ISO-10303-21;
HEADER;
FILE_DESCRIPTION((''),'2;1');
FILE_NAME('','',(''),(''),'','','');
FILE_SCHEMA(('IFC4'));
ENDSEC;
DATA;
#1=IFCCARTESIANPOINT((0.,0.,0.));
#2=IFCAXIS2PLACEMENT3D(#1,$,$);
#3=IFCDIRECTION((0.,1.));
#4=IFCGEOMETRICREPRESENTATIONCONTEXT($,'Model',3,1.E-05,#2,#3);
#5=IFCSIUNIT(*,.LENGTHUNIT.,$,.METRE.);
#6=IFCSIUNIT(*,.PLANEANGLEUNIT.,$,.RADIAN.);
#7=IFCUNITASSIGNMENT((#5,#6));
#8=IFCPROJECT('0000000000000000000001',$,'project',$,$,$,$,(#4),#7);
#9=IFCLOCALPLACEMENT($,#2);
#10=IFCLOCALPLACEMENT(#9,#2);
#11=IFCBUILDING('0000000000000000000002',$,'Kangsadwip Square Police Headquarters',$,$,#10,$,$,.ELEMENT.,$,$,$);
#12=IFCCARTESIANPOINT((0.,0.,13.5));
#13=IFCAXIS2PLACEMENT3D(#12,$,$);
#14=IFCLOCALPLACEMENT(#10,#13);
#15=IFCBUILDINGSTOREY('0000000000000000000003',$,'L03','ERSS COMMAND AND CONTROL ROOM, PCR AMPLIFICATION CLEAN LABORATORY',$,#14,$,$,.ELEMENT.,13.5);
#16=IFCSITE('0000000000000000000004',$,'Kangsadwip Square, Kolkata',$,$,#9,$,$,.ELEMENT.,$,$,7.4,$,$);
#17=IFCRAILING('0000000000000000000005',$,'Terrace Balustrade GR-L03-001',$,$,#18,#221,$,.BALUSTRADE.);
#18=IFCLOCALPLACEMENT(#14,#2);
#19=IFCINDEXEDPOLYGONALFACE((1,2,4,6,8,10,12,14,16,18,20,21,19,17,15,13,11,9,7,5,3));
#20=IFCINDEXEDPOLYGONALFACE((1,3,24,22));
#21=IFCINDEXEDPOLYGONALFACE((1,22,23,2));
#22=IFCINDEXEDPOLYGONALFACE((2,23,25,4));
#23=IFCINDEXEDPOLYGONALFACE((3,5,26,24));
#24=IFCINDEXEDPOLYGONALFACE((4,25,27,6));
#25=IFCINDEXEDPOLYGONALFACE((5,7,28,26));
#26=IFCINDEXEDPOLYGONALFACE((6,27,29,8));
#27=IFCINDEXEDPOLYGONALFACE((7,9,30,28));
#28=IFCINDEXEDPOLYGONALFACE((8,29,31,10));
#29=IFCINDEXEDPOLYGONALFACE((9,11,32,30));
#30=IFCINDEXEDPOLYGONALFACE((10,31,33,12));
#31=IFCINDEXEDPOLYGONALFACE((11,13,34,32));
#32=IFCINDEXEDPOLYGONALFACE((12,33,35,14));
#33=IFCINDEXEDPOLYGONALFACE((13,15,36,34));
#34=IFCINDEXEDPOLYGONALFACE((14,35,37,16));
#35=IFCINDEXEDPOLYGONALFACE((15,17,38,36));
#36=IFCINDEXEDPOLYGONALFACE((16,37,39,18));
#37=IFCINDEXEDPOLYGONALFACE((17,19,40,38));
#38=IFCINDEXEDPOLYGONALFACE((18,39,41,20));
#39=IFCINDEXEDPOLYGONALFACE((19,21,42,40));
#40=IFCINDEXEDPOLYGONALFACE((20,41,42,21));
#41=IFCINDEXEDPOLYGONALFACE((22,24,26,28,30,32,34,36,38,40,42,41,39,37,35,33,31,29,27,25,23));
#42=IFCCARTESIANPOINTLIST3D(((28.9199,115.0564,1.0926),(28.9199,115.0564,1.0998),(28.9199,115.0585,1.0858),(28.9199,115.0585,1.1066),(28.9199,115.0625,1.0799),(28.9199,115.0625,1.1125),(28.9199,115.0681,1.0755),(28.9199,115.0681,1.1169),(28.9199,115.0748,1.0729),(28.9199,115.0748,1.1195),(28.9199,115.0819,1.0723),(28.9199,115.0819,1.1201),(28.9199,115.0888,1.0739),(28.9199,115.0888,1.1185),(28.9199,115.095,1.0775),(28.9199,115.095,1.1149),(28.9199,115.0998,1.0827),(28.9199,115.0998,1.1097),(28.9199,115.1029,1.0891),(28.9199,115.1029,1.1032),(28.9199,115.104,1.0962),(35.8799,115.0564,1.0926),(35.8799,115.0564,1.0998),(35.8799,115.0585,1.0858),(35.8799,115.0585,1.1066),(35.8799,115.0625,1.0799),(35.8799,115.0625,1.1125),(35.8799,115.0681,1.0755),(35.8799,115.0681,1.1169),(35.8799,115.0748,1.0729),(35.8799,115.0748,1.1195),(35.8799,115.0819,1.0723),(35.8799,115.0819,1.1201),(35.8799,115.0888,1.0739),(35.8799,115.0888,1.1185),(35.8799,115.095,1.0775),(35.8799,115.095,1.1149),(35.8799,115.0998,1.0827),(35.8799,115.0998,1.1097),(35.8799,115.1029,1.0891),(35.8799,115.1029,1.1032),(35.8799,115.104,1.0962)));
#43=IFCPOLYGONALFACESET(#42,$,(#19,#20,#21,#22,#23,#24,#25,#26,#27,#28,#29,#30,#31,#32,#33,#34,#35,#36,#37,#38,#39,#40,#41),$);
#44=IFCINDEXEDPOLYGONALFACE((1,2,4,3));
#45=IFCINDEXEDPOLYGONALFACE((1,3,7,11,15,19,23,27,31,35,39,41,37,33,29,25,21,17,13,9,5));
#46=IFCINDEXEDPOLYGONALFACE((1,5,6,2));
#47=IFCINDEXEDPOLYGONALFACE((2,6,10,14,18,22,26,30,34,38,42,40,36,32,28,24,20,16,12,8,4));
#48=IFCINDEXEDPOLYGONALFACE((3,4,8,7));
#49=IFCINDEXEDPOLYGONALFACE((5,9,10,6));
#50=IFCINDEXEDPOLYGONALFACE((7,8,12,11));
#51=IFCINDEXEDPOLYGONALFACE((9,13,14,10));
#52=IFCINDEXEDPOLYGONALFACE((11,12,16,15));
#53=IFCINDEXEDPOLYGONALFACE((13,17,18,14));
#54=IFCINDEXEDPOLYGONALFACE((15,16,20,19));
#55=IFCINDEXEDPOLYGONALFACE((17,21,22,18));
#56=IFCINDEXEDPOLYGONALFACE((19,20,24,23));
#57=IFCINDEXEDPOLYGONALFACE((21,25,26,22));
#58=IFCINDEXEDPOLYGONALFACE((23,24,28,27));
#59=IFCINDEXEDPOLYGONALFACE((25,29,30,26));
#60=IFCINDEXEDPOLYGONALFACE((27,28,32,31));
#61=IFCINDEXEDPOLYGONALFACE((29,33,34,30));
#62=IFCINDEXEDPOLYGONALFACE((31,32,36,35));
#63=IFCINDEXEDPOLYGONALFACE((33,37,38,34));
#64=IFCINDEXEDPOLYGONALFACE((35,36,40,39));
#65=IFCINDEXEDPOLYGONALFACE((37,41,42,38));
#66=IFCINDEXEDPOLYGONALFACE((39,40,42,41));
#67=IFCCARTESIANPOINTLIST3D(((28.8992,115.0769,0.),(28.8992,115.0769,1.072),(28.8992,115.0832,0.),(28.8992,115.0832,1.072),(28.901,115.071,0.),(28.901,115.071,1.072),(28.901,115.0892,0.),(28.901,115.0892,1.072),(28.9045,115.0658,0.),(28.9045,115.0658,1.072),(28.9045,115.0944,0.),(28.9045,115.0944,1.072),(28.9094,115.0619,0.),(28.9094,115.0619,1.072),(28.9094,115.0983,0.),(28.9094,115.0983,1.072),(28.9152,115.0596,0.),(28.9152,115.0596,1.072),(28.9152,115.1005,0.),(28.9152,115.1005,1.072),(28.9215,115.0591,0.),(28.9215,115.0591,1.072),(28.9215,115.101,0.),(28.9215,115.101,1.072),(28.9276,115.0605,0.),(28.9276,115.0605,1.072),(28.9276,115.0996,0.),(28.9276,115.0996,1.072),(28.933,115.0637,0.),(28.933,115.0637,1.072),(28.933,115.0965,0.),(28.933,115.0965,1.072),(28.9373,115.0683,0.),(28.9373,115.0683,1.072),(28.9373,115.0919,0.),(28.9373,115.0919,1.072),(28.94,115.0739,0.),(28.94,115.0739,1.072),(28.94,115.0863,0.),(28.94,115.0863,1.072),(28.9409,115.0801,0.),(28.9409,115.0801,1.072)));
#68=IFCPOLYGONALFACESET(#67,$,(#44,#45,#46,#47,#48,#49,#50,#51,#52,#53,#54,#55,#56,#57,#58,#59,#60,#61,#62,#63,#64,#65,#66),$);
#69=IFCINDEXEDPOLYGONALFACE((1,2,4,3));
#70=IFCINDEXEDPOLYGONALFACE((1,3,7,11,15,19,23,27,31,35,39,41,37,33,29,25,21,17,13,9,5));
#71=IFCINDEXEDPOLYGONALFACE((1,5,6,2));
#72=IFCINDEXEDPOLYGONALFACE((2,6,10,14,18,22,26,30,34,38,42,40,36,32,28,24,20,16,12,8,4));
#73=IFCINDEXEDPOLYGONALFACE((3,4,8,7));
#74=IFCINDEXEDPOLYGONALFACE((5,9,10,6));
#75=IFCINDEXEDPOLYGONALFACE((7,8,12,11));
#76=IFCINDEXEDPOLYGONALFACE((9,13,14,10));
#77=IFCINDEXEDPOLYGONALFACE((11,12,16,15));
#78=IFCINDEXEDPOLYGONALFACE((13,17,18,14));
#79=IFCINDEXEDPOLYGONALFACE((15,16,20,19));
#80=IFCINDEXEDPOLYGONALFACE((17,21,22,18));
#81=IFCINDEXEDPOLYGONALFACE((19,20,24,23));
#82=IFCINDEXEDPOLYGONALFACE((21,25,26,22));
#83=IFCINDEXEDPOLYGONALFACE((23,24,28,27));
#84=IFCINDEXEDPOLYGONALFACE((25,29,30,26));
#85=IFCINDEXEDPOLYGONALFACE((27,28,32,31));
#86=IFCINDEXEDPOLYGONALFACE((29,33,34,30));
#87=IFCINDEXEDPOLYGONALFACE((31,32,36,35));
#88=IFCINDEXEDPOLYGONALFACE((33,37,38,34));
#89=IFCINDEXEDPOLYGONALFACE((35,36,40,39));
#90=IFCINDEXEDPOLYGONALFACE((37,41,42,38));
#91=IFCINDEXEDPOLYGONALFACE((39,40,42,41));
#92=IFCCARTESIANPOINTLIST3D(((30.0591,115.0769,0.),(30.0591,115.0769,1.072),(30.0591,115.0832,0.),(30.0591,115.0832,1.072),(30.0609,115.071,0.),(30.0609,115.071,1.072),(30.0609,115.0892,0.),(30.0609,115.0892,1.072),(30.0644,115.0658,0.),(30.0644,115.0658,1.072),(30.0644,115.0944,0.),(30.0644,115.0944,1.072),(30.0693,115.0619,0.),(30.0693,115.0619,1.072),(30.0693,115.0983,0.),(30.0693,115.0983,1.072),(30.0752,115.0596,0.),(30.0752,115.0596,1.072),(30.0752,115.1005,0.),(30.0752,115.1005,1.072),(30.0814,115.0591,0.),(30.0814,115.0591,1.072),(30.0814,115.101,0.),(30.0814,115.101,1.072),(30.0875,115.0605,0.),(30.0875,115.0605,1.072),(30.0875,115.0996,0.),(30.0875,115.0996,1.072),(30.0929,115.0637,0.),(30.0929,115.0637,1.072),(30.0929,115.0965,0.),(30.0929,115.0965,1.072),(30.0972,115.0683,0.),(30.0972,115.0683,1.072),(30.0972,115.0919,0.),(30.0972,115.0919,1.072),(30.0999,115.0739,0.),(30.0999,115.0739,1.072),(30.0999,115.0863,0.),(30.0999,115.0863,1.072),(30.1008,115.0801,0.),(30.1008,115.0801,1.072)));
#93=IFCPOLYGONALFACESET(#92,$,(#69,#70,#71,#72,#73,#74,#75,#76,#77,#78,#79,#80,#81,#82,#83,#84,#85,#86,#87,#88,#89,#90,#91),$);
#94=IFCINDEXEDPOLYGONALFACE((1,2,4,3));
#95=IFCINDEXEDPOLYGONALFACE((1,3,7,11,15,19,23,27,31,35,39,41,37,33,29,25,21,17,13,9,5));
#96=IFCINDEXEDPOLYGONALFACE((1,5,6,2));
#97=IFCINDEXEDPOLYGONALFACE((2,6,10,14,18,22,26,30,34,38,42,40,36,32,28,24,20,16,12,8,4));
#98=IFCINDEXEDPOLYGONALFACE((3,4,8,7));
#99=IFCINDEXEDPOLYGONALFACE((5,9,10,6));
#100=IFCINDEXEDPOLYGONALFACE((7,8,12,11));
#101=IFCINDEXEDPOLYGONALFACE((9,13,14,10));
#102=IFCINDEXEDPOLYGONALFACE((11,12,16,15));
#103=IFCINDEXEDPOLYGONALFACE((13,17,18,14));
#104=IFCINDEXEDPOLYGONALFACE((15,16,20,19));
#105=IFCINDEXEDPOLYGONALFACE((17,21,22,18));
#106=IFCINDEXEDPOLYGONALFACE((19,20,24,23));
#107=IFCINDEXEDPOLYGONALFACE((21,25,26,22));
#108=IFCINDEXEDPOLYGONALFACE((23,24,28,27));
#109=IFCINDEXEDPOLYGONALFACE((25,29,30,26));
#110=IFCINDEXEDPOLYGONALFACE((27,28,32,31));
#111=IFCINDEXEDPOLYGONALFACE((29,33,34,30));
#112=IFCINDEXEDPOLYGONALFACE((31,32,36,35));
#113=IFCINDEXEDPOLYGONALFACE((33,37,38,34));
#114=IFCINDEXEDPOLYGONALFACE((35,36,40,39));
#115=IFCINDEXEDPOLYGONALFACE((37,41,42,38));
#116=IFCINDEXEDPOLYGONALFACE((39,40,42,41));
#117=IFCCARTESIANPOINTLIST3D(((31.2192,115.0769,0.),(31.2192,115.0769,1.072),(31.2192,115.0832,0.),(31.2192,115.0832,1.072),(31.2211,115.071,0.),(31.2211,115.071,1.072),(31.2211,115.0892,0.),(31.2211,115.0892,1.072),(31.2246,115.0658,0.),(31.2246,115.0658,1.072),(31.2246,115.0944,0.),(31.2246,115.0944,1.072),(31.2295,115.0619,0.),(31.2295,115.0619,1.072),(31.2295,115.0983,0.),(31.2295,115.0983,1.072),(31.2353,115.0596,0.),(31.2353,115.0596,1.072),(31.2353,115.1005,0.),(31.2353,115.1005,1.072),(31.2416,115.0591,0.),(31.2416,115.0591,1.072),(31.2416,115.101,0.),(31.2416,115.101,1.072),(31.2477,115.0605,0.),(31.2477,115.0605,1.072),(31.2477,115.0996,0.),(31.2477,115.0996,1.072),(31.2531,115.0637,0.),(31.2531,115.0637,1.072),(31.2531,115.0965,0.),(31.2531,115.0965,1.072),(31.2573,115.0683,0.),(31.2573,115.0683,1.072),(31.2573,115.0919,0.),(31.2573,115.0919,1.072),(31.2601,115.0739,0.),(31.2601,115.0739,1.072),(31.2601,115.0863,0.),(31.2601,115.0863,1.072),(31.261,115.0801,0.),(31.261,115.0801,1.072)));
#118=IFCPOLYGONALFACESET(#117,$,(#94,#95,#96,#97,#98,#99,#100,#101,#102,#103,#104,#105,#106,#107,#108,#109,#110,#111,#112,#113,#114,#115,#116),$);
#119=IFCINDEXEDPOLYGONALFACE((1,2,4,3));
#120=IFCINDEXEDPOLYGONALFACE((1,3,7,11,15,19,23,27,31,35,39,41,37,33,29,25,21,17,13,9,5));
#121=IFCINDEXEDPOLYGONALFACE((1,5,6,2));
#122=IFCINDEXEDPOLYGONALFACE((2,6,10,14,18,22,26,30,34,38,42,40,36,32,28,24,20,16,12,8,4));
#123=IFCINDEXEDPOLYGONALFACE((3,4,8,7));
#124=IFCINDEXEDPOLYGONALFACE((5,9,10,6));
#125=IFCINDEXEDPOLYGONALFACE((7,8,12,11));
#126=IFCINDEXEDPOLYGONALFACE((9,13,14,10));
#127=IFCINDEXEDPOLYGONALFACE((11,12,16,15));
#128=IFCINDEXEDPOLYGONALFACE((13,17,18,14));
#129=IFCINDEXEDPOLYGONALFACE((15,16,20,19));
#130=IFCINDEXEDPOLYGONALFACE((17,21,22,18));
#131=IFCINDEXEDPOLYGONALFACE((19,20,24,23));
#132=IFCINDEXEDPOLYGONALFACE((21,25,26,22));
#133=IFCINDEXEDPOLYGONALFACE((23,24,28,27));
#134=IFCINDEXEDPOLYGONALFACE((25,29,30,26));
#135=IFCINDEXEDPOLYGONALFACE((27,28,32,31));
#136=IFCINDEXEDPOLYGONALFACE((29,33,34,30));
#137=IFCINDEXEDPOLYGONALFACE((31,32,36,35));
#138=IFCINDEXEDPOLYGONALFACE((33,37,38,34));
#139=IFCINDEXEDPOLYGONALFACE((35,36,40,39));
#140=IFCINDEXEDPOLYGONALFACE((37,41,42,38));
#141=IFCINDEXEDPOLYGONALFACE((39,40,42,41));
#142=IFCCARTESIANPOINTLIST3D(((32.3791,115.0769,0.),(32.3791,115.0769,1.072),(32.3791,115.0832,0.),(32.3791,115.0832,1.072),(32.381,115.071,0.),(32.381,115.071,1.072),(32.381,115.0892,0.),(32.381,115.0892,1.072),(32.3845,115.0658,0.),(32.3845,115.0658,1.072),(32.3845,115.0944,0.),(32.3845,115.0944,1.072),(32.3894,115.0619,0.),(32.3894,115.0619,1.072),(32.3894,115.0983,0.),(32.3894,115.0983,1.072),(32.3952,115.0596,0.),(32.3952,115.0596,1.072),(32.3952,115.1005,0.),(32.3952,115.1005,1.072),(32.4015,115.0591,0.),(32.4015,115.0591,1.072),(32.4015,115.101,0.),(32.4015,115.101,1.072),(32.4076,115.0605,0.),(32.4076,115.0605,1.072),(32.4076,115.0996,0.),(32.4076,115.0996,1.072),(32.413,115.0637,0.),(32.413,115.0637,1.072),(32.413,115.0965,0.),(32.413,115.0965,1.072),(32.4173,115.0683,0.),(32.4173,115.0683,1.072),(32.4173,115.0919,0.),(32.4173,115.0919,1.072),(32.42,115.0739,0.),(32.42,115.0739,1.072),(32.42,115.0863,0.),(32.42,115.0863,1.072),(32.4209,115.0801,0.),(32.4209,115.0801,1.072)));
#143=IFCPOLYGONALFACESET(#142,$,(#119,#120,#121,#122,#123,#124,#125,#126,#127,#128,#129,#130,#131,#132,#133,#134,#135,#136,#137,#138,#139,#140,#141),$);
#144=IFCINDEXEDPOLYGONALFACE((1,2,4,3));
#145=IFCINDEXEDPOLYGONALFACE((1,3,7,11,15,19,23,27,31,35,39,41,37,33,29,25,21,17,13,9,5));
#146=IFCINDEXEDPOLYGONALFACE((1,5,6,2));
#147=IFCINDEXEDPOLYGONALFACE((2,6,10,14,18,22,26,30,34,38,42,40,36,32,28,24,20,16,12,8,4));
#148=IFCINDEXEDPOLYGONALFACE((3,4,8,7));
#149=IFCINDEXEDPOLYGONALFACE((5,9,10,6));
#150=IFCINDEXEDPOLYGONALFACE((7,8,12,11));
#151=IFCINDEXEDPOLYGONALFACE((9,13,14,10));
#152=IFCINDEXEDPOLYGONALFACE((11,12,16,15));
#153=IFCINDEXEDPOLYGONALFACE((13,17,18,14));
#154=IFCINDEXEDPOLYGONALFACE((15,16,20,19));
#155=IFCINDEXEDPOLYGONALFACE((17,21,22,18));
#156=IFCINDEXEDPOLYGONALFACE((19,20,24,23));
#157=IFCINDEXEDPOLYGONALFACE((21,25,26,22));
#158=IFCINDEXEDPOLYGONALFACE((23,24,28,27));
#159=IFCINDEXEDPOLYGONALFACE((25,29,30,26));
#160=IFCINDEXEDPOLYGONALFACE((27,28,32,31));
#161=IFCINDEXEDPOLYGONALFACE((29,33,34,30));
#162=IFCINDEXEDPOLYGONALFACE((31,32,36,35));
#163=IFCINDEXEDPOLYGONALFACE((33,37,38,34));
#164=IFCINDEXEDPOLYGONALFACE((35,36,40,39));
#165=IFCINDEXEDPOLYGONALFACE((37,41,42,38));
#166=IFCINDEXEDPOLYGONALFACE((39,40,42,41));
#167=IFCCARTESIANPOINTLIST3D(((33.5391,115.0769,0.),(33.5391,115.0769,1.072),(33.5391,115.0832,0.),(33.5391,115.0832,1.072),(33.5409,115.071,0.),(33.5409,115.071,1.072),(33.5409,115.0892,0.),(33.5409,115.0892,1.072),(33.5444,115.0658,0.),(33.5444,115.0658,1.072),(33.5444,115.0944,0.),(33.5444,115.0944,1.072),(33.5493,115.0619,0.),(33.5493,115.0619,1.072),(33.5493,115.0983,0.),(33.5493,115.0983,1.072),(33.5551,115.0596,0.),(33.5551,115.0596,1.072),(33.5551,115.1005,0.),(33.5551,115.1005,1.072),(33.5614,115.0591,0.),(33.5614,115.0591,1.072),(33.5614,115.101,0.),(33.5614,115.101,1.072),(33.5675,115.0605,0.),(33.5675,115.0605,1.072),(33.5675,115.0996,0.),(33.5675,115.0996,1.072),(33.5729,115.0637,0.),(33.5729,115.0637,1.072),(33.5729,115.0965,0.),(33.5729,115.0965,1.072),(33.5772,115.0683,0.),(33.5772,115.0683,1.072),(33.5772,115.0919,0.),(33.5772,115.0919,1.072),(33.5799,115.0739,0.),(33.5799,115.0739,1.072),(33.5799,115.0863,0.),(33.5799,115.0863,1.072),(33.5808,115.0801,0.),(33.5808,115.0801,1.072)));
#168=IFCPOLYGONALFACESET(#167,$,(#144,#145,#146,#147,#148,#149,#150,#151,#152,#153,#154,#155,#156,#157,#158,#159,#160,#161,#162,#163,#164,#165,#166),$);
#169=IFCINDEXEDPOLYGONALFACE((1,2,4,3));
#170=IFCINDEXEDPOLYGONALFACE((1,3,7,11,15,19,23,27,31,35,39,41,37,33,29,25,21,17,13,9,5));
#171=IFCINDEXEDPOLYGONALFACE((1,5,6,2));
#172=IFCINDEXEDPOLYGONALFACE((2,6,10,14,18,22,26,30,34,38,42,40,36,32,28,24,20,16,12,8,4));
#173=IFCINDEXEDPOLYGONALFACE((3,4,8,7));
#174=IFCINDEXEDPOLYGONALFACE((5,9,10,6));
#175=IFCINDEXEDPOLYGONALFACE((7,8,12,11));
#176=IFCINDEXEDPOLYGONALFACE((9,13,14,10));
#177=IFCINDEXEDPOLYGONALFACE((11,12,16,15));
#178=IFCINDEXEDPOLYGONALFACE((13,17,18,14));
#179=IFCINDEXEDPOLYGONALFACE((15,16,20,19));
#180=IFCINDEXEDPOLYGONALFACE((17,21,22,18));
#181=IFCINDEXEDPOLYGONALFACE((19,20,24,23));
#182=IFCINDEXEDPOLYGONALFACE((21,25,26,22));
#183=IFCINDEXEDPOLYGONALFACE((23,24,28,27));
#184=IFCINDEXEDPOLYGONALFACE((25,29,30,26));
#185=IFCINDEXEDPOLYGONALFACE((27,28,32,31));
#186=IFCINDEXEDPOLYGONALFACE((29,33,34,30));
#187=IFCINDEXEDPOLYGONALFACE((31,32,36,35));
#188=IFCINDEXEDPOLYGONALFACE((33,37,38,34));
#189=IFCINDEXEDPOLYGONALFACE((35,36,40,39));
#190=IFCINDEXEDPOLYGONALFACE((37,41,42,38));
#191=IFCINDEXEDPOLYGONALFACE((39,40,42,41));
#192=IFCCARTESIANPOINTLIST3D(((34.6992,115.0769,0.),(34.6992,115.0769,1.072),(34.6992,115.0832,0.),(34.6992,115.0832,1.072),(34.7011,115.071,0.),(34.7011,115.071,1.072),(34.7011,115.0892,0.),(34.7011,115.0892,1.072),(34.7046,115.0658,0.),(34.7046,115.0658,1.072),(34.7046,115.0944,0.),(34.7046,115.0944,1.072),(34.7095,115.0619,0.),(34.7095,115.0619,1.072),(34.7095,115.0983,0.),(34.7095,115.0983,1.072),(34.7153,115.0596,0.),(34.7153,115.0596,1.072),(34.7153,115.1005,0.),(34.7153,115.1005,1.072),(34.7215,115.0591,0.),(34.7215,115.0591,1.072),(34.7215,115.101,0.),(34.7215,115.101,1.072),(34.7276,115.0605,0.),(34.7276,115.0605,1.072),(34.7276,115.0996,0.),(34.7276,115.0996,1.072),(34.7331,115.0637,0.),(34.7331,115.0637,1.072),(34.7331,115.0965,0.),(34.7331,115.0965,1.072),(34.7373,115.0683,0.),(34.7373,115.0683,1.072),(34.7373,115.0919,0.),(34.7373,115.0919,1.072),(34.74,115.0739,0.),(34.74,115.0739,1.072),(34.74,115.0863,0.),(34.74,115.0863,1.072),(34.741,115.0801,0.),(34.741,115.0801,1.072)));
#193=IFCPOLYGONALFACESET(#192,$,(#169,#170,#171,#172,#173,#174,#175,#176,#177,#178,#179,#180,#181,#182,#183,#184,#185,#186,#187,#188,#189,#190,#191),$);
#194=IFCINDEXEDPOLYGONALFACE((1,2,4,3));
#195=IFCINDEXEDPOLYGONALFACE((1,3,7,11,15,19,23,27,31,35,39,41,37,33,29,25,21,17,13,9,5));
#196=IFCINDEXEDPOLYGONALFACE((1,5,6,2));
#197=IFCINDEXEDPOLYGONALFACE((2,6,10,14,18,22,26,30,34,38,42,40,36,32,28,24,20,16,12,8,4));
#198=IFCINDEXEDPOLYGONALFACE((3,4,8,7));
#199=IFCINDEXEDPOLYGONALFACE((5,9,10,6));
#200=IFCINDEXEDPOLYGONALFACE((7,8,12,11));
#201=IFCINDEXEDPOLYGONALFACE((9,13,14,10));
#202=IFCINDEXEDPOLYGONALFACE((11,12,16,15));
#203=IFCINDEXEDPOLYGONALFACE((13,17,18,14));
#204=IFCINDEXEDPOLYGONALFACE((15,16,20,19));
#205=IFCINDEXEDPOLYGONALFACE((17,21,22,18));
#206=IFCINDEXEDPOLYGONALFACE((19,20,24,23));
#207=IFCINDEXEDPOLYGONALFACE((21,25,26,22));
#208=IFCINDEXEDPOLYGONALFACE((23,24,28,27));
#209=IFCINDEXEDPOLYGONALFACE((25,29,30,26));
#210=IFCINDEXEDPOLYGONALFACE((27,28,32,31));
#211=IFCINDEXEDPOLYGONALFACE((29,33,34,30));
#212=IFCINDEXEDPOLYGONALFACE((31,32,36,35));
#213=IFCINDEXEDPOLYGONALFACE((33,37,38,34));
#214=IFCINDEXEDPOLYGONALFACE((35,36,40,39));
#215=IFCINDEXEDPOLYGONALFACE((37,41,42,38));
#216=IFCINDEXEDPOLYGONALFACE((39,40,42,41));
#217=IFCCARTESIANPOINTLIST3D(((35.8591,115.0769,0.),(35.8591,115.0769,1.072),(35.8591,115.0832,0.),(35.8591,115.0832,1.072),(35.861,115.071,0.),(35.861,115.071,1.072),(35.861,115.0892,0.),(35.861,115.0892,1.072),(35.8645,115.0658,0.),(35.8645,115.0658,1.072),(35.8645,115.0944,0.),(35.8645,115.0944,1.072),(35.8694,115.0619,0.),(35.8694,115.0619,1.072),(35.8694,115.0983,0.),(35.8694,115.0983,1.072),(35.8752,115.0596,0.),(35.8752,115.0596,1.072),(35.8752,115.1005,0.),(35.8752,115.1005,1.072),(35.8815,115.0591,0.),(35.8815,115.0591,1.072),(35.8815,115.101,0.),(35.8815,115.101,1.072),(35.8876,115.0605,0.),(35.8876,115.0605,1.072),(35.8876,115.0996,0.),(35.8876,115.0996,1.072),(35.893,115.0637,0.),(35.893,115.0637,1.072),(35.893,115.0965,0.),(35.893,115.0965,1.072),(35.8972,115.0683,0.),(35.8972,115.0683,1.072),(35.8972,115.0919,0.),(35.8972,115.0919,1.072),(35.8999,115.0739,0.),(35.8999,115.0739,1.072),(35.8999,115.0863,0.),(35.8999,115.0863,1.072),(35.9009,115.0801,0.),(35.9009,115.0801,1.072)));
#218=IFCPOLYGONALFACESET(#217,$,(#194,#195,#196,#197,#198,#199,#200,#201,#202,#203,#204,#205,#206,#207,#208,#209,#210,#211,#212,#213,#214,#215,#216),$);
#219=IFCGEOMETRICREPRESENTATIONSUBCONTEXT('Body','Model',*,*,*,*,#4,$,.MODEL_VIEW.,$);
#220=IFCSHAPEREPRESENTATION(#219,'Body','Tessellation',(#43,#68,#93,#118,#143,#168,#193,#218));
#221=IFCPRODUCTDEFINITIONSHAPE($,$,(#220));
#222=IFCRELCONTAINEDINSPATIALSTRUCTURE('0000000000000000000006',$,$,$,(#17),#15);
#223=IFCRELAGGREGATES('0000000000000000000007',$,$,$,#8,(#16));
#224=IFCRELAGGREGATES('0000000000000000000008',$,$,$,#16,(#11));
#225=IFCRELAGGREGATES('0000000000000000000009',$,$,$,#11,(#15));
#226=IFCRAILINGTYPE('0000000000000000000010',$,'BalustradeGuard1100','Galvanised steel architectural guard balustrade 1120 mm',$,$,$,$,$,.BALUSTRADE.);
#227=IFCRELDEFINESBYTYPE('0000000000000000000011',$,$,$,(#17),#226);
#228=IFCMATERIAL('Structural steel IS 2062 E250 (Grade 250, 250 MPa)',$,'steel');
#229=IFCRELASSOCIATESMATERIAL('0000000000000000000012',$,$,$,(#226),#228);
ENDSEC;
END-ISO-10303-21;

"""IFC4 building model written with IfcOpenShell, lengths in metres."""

from ifc_helpers import new_model, si_unit, direction, frame, origin, origin_2d, place, context, subcontext, project, spatial, circle, extrude, material, type_object, element, save


model = new_model("IFC4")

# Units and contexts
model_context = context("Model", 3, precision=1e-05, world=origin(), true_north=direction((0.0, 1.0)))
body_context = subcontext(model_context, "Body", "Model", "MODEL_VIEW")
ifc_project = project(units=[si_unit("LENGTHUNIT", "METRE"), si_unit("PLANEANGLEUNIT", "RADIAN")], contexts=[model_context])

# Site, building, storey
site_placement = place(None, origin())
site = spatial("IfcSite", under=ifc_project, at=site_placement, Name="Kangsadwip Square, Kolkata", CompositionType="ELEMENT", RefElevation=7.4)
building_placement = place(site_placement, origin())
building = spatial("IfcBuilding", under=site, at=building_placement, Name="Kangsadwip Square Police Headquarters", CompositionType="ELEMENT")
storey_placement = place(building_placement, frame((0.0, 0.0, 13.5)))
storey = spatial("IfcBuildingStorey", under=building, at=storey_placement, Name="L03", Description="ERSS COMMAND AND CONTROL ROOM, PCR AMPLIFICATION CLEAN LABORATORY", CompositionType="ELEMENT", Elevation=13.5)

# Railing
ifc_material_1 = material(Name="Structural steel IS 2062 E250 (Grade 250, 250 MPa)", Category="steel")
railing_type = type_object("IfcRailingType", Name="BalustradeGuard1100", Description="Galvanised steel architectural guard balustrade 1120 mm", PredefinedType="BALUSTRADE", material=ifc_material_1)
for number, where, name in (
    (1, (28.9199, 115.0801, 0.0), "Terrace Balustrade GR-L03-001"),
):
    element("IfcRailing", number, at=place(storey_placement, frame(where)), inside=storey, type_object=railing_type, Name=name, PredefinedType="BALUSTRADE", context=body_context, shape_type="SweptSolid", body=[
        extrude(circle(Radius=0.0239, at=origin_2d()), frame((0.0, 0.0, 1.0962), z_axis=(1.0, 0.0, 0.0), x_axis=(0.0, 1.0, 0.0)), (0.0, 0.0, 1.0), 6.96),
        extrude(circle(Radius=0.021, at=origin_2d()), origin(), (0.0, 0.0, 1.0), 1.072),
        extrude(circle(Radius=0.021, at=origin_2d()), frame((1.1599, 0.0, 0.0)), (0.0, 0.0, 1.0), 1.072),
        extrude(circle(Radius=0.021, at=origin_2d()), frame((2.3201, 0.0, 0.0)), (0.0, 0.0, 1.0), 1.072),
        extrude(circle(Radius=0.021, at=origin_2d()), frame((3.48, 0.0, 0.0)), (0.0, 0.0, 1.0), 1.072),
        extrude(circle(Radius=0.021, at=origin_2d()), frame((4.6399, 0.0, 0.0)), (0.0, 0.0, 1.0), 1.072),
        extrude(circle(Radius=0.021, at=origin_2d()), frame((5.8, 0.0, 0.0)), (0.0, 0.0, 1.0), 1.072),
        extrude(circle(Radius=0.021, at=origin_2d()), frame((6.96, 0.0, 0.0)), (0.0, 0.0, 1.0), 1.072),
    ])

save(model, "model.ifc")
